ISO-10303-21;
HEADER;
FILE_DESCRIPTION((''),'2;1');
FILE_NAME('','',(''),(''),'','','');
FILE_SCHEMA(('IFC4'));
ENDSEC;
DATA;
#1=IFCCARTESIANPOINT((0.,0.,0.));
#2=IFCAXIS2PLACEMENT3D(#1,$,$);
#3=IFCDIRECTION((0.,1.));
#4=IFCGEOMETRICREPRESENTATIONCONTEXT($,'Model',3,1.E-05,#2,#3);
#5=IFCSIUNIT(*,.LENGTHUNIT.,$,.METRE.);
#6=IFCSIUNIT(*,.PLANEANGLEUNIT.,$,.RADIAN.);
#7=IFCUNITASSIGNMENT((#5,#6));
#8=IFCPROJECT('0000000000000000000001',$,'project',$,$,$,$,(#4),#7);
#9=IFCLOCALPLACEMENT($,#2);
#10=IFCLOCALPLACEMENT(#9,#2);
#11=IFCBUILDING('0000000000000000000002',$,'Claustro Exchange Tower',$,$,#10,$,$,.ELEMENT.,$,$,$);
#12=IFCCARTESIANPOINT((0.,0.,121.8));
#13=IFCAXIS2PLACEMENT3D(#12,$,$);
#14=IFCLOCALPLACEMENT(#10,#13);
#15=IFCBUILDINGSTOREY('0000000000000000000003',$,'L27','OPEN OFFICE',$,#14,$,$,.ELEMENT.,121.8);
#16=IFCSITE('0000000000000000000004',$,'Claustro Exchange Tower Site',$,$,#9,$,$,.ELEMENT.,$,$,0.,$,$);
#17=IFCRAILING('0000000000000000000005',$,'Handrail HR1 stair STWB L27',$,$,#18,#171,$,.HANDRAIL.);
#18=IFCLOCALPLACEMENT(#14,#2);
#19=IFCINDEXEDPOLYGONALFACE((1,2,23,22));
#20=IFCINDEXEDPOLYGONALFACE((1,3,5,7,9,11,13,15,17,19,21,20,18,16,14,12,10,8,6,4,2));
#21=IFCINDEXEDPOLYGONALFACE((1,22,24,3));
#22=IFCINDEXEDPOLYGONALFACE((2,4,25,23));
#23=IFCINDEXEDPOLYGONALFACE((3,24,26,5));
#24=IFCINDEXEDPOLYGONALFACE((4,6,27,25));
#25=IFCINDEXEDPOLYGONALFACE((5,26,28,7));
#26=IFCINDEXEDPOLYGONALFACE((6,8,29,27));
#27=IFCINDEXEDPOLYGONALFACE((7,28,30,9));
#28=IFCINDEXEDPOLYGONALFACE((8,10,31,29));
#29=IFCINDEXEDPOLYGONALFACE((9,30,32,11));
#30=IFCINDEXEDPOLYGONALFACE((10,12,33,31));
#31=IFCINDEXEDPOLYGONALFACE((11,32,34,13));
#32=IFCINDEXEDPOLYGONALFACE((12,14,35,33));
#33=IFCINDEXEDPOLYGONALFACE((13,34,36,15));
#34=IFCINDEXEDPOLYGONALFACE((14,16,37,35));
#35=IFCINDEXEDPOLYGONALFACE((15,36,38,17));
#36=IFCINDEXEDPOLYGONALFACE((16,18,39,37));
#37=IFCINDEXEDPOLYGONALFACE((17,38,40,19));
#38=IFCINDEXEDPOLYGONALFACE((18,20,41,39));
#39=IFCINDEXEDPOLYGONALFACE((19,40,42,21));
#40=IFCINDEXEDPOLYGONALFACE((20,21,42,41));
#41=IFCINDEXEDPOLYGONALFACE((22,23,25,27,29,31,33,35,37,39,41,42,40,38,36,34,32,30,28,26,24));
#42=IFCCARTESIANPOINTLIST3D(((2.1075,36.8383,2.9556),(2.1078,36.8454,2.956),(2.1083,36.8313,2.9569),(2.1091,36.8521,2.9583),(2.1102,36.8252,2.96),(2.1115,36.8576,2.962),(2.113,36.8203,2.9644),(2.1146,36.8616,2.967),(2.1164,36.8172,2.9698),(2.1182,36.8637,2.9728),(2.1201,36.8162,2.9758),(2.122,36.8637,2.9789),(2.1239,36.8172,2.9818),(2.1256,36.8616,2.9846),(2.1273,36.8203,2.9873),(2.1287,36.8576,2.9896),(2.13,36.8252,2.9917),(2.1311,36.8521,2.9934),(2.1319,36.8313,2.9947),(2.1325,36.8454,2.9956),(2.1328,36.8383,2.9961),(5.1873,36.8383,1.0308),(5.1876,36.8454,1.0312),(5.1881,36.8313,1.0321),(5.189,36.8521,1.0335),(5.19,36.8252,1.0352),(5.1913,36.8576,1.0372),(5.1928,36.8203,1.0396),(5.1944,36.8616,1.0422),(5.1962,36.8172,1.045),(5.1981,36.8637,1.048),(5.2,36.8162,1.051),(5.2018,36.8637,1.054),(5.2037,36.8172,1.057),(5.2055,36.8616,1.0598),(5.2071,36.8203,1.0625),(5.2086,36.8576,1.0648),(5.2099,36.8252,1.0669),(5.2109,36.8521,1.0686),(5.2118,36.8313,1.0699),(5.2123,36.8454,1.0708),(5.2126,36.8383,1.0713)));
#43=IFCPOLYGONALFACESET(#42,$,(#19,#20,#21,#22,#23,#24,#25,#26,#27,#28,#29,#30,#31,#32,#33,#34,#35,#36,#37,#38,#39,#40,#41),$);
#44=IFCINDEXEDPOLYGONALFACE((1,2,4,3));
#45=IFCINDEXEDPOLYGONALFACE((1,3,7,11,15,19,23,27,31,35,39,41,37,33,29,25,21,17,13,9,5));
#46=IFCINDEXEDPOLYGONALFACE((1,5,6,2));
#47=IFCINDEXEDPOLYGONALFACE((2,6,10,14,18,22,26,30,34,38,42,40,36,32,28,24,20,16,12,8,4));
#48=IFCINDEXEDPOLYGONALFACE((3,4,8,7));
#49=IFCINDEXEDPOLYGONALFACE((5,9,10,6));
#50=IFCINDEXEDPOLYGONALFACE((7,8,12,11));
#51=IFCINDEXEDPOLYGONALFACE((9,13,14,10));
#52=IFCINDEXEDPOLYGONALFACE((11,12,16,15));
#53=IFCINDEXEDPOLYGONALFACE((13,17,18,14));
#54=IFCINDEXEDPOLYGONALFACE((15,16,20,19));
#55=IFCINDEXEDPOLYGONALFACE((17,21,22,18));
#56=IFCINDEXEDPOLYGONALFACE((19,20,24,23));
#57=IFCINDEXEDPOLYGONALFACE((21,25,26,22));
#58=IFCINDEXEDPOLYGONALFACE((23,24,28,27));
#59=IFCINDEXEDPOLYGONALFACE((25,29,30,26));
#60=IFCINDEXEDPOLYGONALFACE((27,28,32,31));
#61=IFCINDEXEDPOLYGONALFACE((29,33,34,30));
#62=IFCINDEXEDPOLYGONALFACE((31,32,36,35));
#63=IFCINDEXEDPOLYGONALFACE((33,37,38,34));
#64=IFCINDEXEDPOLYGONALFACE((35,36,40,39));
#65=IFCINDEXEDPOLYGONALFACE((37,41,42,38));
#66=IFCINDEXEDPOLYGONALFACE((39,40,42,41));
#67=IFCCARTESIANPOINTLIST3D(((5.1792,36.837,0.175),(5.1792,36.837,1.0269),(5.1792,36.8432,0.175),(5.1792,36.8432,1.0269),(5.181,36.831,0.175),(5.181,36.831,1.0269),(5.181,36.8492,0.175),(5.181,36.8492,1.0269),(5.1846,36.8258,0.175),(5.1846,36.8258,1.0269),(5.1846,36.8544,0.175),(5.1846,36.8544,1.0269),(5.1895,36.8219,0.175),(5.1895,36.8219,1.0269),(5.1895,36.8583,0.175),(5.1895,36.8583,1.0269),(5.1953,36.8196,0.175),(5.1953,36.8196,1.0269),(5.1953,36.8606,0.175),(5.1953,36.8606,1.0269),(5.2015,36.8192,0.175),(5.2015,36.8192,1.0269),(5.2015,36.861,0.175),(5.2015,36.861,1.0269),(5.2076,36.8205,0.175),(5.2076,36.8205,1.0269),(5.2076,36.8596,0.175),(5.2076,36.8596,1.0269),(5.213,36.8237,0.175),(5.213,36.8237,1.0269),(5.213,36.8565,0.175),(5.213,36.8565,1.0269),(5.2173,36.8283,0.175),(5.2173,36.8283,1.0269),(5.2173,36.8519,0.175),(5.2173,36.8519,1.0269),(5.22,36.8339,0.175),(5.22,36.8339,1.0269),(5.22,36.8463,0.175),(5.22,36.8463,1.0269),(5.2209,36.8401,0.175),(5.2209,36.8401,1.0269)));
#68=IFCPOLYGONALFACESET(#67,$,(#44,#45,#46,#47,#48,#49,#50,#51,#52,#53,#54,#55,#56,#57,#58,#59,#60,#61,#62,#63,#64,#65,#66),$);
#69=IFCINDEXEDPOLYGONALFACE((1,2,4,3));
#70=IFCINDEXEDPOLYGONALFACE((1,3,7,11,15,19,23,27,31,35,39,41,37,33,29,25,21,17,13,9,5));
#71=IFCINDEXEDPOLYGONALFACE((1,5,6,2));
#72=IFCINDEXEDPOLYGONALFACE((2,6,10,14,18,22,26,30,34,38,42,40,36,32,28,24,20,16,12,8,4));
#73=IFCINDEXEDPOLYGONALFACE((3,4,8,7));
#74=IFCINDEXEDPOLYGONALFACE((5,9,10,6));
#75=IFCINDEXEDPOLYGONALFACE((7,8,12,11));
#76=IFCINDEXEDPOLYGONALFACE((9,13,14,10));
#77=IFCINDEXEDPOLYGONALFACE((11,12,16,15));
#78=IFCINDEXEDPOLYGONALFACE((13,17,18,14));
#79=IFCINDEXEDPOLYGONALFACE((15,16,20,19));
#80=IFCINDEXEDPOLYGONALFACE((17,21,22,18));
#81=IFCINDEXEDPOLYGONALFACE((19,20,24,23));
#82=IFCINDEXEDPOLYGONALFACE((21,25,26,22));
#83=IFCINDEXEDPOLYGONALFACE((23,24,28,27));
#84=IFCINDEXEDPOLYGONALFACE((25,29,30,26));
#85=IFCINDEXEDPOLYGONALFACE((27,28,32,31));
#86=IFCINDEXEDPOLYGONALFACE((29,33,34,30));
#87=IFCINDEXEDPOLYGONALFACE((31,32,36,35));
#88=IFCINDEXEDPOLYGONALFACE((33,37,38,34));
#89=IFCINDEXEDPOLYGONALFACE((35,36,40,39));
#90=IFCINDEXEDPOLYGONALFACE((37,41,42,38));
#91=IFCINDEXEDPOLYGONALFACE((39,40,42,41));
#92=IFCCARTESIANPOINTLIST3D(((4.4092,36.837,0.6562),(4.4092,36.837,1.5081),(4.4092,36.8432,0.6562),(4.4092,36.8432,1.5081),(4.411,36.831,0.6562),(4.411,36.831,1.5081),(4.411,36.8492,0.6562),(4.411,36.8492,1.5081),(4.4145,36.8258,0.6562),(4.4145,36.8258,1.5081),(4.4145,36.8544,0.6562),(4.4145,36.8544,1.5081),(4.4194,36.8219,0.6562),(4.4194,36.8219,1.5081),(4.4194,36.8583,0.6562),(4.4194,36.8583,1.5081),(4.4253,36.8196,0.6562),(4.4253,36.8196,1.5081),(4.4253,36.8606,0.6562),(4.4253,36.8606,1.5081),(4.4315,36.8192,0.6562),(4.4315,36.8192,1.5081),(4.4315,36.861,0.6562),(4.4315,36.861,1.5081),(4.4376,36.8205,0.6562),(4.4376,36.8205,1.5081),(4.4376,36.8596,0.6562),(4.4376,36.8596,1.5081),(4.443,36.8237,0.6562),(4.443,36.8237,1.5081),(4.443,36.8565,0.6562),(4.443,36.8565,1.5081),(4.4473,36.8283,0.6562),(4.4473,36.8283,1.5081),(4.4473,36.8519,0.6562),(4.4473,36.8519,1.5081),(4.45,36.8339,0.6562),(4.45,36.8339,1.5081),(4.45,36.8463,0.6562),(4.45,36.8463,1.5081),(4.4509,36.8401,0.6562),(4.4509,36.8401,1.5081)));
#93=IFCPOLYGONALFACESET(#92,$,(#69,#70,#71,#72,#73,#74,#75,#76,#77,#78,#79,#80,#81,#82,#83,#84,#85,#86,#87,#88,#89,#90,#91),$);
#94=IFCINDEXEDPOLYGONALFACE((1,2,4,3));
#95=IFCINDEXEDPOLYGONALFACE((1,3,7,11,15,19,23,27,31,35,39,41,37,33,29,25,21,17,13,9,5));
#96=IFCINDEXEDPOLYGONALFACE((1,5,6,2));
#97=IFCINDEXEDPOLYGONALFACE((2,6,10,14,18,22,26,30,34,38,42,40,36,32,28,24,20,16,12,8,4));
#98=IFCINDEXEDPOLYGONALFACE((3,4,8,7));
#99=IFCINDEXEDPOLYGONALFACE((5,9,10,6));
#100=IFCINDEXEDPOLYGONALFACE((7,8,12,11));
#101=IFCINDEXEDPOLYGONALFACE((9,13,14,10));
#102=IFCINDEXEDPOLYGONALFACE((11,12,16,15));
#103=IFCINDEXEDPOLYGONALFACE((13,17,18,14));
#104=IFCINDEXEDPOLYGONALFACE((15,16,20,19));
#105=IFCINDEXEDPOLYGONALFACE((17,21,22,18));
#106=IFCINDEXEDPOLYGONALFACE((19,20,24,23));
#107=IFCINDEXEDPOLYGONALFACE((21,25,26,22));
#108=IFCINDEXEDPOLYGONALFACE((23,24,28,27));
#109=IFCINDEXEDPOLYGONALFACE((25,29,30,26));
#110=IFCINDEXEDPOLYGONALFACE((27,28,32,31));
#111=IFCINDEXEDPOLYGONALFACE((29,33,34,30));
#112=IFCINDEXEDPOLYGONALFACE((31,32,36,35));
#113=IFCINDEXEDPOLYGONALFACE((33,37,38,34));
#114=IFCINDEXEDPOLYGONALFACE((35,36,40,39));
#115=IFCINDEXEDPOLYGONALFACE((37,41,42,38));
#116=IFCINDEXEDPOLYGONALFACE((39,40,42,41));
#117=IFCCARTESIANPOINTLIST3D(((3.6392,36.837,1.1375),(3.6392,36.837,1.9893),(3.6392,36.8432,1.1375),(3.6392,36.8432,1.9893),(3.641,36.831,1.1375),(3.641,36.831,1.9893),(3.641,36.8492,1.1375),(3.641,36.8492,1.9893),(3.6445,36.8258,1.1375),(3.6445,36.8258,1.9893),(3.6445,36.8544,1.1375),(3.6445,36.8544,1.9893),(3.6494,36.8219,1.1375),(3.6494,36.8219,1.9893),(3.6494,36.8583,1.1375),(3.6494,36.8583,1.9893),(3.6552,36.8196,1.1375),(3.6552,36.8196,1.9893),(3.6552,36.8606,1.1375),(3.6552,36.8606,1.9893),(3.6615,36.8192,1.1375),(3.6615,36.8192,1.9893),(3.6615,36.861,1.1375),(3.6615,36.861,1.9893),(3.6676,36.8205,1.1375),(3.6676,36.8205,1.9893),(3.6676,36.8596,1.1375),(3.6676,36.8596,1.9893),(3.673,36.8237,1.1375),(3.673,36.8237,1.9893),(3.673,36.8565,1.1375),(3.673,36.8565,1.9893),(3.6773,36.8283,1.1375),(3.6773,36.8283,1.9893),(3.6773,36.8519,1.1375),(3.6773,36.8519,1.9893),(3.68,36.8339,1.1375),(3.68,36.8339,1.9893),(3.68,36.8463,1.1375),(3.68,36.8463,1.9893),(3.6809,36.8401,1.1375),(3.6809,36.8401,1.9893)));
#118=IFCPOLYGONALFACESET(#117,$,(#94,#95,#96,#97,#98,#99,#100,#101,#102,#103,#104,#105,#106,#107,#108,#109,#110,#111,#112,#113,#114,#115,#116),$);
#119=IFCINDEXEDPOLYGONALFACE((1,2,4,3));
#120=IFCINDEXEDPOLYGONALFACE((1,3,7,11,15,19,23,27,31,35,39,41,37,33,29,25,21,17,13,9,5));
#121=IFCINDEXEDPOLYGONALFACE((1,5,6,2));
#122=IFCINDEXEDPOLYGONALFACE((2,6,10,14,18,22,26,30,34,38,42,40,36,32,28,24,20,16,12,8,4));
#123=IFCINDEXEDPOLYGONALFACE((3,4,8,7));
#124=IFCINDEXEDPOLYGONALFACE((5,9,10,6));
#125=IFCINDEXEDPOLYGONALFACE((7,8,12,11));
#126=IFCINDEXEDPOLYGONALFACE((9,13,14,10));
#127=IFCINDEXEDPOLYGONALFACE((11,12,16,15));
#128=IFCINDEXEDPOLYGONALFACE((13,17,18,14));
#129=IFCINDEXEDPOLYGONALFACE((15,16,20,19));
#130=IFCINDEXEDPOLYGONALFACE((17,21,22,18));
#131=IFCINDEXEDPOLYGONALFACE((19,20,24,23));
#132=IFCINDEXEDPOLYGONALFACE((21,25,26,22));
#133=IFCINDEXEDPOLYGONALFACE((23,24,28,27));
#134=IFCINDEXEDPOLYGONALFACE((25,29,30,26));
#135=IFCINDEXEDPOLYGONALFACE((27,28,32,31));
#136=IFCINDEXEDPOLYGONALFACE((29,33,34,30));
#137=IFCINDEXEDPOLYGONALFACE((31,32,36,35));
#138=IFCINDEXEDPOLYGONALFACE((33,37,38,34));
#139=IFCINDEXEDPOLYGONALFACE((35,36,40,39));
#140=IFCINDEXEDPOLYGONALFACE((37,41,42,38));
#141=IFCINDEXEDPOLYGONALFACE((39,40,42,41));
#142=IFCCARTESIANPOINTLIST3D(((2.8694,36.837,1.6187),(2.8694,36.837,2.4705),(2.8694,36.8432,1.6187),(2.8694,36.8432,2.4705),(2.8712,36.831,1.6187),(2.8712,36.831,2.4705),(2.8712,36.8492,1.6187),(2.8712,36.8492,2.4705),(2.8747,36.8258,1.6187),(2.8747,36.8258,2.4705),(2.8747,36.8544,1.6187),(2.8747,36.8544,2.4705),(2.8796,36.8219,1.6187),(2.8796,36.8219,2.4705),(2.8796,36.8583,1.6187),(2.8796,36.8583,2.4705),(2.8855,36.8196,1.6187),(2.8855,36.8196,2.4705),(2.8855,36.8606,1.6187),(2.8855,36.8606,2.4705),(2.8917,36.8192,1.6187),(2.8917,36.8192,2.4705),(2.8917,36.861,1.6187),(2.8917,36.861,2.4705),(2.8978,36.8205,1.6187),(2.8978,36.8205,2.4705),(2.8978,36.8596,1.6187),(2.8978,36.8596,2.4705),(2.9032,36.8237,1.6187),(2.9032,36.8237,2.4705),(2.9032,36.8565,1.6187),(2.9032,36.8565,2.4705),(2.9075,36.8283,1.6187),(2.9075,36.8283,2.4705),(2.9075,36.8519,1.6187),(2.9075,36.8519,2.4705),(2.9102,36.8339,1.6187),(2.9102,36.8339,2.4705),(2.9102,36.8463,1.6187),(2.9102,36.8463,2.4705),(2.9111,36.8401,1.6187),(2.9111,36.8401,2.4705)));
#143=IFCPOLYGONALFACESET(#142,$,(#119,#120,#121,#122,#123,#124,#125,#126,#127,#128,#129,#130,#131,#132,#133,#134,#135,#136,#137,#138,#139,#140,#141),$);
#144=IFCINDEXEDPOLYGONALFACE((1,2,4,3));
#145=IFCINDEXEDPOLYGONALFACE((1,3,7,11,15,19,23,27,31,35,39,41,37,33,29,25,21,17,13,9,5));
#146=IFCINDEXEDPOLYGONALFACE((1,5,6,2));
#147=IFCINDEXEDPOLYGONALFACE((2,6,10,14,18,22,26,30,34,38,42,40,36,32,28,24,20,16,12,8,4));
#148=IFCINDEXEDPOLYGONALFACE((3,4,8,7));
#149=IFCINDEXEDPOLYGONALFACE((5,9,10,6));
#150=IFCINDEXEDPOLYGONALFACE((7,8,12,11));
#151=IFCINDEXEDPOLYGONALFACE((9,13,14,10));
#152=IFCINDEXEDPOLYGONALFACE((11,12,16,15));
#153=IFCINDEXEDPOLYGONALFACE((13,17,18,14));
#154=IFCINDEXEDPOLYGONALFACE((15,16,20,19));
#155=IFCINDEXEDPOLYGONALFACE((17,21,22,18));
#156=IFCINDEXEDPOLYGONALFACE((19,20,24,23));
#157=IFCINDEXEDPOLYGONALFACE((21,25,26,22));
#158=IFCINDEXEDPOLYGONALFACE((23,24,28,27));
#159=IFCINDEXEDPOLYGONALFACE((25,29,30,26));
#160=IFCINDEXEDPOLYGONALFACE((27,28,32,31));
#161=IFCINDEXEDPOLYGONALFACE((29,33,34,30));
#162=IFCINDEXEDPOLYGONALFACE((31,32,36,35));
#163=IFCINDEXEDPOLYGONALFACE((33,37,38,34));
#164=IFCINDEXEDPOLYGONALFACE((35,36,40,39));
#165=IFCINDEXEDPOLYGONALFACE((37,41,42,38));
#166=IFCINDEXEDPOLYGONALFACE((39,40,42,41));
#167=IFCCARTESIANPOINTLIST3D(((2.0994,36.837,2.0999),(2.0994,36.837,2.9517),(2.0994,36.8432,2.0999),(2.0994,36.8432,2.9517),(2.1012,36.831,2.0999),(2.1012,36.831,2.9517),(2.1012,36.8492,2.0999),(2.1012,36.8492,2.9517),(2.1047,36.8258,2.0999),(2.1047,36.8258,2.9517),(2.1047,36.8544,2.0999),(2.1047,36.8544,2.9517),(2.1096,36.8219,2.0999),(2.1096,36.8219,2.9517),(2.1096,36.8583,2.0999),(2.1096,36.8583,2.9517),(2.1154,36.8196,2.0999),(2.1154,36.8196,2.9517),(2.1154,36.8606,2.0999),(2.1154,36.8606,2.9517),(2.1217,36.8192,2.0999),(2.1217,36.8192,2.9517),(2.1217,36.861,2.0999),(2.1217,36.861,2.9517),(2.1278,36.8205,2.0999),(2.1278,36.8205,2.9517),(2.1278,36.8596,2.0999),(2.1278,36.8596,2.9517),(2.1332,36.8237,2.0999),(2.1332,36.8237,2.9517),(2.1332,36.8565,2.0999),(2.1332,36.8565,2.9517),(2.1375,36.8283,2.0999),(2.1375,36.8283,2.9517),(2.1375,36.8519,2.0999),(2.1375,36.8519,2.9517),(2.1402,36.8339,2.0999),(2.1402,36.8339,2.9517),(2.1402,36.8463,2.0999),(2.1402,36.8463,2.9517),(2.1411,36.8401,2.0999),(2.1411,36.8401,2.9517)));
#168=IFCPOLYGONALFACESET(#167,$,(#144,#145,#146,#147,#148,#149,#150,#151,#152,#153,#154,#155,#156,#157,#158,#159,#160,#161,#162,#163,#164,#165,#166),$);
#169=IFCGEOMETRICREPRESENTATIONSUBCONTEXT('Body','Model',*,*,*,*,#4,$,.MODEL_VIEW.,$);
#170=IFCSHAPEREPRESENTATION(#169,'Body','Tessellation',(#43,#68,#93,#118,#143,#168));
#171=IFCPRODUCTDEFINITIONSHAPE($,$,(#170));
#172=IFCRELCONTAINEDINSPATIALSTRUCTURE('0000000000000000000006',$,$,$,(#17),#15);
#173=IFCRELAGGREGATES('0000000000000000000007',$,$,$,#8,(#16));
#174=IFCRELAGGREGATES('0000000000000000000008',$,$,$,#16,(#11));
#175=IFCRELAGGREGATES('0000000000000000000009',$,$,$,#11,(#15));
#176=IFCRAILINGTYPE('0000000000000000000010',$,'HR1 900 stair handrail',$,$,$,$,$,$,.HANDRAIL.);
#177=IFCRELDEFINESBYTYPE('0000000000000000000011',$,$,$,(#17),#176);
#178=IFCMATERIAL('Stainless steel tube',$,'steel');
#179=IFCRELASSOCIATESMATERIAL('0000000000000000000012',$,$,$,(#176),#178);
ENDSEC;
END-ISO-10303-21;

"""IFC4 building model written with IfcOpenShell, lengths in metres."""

from ifc_helpers import new_model, si_unit, direction, frame, origin, origin_2d, place, context, subcontext, project, spatial, circle, extrude, material, type_object, element, save


model = new_model("IFC4")

# Units and contexts
model_context = context("Model", 3, precision=1e-05, world=origin(), true_north=direction((0.0, 1.0)))
body_context = subcontext(model_context, "Body", "Model", "MODEL_VIEW")
ifc_project = project(units=[si_unit("LENGTHUNIT", "METRE"), si_unit("PLANEANGLEUNIT", "RADIAN")], contexts=[model_context])

# Site, building, storey
site_placement = place(None, origin())
site = spatial("IfcSite", under=ifc_project, at=site_placement, Name="Claustro Exchange Tower Site", CompositionType="ELEMENT", RefElevation=0.0)
building_placement = place(site_placement, origin())
building = spatial("IfcBuilding", under=site, at=building_placement, Name="Claustro Exchange Tower", CompositionType="ELEMENT")
storey_placement = place(building_placement, frame((0.0, 0.0, 121.8)))
storey = spatial("IfcBuildingStorey", under=building, at=storey_placement, Name="L27", Description="OPEN OFFICE", CompositionType="ELEMENT", Elevation=121.8)

# Railing
ifc_material_1 = material(Name="Stainless steel tube", Category="steel")
railing_type_1 = type_object("IfcRailingType", Name="HR1 900 stair handrail", PredefinedType="HANDRAIL", material=ifc_material_1)
railing_1_placement = place(storey_placement, frame((5.2, 36.8401, 0.175)))
element("IfcRailing", 1, at=railing_1_placement, inside=storey, type_object=railing_type_1, Name="Handrail HR1 stair STWB L27", PredefinedType="HANDRAIL", context=body_context, shape_type="SweptSolid", body=[
    extrude(circle(Radius=0.0239, at=origin_2d()), frame((0.0, 0.0, 0.876), z_axis=(-0.84801, 0.0, 0.529981), x_axis=(0.0, -1.0, 0.0)), (0.0, 0.0, 1.0), 3.6318),
    extrude(circle(Radius=0.021, at=origin_2d()), origin(), (0.0, 0.0, 1.0), 0.8518),
    extrude(circle(Radius=0.021, at=origin_2d()), frame((-0.77, 0.0, 0.4812)), (0.0, 0.0, 1.0), 0.8518),
    extrude(circle(Radius=0.021, at=origin_2d()), frame((-1.54, 0.0, 0.9624)), (0.0, 0.0, 1.0), 0.8518),
    extrude(circle(Radius=0.021, at=origin_2d()), frame((-2.3098, 0.0, 1.4436)), (0.0, 0.0, 1.0), 0.8518),
    extrude(circle(Radius=0.021, at=origin_2d()), frame((-3.0798, 0.0, 1.9248)), (0.0, 0.0, 1.0), 0.8518),
])

save(model, "model.ifc")
